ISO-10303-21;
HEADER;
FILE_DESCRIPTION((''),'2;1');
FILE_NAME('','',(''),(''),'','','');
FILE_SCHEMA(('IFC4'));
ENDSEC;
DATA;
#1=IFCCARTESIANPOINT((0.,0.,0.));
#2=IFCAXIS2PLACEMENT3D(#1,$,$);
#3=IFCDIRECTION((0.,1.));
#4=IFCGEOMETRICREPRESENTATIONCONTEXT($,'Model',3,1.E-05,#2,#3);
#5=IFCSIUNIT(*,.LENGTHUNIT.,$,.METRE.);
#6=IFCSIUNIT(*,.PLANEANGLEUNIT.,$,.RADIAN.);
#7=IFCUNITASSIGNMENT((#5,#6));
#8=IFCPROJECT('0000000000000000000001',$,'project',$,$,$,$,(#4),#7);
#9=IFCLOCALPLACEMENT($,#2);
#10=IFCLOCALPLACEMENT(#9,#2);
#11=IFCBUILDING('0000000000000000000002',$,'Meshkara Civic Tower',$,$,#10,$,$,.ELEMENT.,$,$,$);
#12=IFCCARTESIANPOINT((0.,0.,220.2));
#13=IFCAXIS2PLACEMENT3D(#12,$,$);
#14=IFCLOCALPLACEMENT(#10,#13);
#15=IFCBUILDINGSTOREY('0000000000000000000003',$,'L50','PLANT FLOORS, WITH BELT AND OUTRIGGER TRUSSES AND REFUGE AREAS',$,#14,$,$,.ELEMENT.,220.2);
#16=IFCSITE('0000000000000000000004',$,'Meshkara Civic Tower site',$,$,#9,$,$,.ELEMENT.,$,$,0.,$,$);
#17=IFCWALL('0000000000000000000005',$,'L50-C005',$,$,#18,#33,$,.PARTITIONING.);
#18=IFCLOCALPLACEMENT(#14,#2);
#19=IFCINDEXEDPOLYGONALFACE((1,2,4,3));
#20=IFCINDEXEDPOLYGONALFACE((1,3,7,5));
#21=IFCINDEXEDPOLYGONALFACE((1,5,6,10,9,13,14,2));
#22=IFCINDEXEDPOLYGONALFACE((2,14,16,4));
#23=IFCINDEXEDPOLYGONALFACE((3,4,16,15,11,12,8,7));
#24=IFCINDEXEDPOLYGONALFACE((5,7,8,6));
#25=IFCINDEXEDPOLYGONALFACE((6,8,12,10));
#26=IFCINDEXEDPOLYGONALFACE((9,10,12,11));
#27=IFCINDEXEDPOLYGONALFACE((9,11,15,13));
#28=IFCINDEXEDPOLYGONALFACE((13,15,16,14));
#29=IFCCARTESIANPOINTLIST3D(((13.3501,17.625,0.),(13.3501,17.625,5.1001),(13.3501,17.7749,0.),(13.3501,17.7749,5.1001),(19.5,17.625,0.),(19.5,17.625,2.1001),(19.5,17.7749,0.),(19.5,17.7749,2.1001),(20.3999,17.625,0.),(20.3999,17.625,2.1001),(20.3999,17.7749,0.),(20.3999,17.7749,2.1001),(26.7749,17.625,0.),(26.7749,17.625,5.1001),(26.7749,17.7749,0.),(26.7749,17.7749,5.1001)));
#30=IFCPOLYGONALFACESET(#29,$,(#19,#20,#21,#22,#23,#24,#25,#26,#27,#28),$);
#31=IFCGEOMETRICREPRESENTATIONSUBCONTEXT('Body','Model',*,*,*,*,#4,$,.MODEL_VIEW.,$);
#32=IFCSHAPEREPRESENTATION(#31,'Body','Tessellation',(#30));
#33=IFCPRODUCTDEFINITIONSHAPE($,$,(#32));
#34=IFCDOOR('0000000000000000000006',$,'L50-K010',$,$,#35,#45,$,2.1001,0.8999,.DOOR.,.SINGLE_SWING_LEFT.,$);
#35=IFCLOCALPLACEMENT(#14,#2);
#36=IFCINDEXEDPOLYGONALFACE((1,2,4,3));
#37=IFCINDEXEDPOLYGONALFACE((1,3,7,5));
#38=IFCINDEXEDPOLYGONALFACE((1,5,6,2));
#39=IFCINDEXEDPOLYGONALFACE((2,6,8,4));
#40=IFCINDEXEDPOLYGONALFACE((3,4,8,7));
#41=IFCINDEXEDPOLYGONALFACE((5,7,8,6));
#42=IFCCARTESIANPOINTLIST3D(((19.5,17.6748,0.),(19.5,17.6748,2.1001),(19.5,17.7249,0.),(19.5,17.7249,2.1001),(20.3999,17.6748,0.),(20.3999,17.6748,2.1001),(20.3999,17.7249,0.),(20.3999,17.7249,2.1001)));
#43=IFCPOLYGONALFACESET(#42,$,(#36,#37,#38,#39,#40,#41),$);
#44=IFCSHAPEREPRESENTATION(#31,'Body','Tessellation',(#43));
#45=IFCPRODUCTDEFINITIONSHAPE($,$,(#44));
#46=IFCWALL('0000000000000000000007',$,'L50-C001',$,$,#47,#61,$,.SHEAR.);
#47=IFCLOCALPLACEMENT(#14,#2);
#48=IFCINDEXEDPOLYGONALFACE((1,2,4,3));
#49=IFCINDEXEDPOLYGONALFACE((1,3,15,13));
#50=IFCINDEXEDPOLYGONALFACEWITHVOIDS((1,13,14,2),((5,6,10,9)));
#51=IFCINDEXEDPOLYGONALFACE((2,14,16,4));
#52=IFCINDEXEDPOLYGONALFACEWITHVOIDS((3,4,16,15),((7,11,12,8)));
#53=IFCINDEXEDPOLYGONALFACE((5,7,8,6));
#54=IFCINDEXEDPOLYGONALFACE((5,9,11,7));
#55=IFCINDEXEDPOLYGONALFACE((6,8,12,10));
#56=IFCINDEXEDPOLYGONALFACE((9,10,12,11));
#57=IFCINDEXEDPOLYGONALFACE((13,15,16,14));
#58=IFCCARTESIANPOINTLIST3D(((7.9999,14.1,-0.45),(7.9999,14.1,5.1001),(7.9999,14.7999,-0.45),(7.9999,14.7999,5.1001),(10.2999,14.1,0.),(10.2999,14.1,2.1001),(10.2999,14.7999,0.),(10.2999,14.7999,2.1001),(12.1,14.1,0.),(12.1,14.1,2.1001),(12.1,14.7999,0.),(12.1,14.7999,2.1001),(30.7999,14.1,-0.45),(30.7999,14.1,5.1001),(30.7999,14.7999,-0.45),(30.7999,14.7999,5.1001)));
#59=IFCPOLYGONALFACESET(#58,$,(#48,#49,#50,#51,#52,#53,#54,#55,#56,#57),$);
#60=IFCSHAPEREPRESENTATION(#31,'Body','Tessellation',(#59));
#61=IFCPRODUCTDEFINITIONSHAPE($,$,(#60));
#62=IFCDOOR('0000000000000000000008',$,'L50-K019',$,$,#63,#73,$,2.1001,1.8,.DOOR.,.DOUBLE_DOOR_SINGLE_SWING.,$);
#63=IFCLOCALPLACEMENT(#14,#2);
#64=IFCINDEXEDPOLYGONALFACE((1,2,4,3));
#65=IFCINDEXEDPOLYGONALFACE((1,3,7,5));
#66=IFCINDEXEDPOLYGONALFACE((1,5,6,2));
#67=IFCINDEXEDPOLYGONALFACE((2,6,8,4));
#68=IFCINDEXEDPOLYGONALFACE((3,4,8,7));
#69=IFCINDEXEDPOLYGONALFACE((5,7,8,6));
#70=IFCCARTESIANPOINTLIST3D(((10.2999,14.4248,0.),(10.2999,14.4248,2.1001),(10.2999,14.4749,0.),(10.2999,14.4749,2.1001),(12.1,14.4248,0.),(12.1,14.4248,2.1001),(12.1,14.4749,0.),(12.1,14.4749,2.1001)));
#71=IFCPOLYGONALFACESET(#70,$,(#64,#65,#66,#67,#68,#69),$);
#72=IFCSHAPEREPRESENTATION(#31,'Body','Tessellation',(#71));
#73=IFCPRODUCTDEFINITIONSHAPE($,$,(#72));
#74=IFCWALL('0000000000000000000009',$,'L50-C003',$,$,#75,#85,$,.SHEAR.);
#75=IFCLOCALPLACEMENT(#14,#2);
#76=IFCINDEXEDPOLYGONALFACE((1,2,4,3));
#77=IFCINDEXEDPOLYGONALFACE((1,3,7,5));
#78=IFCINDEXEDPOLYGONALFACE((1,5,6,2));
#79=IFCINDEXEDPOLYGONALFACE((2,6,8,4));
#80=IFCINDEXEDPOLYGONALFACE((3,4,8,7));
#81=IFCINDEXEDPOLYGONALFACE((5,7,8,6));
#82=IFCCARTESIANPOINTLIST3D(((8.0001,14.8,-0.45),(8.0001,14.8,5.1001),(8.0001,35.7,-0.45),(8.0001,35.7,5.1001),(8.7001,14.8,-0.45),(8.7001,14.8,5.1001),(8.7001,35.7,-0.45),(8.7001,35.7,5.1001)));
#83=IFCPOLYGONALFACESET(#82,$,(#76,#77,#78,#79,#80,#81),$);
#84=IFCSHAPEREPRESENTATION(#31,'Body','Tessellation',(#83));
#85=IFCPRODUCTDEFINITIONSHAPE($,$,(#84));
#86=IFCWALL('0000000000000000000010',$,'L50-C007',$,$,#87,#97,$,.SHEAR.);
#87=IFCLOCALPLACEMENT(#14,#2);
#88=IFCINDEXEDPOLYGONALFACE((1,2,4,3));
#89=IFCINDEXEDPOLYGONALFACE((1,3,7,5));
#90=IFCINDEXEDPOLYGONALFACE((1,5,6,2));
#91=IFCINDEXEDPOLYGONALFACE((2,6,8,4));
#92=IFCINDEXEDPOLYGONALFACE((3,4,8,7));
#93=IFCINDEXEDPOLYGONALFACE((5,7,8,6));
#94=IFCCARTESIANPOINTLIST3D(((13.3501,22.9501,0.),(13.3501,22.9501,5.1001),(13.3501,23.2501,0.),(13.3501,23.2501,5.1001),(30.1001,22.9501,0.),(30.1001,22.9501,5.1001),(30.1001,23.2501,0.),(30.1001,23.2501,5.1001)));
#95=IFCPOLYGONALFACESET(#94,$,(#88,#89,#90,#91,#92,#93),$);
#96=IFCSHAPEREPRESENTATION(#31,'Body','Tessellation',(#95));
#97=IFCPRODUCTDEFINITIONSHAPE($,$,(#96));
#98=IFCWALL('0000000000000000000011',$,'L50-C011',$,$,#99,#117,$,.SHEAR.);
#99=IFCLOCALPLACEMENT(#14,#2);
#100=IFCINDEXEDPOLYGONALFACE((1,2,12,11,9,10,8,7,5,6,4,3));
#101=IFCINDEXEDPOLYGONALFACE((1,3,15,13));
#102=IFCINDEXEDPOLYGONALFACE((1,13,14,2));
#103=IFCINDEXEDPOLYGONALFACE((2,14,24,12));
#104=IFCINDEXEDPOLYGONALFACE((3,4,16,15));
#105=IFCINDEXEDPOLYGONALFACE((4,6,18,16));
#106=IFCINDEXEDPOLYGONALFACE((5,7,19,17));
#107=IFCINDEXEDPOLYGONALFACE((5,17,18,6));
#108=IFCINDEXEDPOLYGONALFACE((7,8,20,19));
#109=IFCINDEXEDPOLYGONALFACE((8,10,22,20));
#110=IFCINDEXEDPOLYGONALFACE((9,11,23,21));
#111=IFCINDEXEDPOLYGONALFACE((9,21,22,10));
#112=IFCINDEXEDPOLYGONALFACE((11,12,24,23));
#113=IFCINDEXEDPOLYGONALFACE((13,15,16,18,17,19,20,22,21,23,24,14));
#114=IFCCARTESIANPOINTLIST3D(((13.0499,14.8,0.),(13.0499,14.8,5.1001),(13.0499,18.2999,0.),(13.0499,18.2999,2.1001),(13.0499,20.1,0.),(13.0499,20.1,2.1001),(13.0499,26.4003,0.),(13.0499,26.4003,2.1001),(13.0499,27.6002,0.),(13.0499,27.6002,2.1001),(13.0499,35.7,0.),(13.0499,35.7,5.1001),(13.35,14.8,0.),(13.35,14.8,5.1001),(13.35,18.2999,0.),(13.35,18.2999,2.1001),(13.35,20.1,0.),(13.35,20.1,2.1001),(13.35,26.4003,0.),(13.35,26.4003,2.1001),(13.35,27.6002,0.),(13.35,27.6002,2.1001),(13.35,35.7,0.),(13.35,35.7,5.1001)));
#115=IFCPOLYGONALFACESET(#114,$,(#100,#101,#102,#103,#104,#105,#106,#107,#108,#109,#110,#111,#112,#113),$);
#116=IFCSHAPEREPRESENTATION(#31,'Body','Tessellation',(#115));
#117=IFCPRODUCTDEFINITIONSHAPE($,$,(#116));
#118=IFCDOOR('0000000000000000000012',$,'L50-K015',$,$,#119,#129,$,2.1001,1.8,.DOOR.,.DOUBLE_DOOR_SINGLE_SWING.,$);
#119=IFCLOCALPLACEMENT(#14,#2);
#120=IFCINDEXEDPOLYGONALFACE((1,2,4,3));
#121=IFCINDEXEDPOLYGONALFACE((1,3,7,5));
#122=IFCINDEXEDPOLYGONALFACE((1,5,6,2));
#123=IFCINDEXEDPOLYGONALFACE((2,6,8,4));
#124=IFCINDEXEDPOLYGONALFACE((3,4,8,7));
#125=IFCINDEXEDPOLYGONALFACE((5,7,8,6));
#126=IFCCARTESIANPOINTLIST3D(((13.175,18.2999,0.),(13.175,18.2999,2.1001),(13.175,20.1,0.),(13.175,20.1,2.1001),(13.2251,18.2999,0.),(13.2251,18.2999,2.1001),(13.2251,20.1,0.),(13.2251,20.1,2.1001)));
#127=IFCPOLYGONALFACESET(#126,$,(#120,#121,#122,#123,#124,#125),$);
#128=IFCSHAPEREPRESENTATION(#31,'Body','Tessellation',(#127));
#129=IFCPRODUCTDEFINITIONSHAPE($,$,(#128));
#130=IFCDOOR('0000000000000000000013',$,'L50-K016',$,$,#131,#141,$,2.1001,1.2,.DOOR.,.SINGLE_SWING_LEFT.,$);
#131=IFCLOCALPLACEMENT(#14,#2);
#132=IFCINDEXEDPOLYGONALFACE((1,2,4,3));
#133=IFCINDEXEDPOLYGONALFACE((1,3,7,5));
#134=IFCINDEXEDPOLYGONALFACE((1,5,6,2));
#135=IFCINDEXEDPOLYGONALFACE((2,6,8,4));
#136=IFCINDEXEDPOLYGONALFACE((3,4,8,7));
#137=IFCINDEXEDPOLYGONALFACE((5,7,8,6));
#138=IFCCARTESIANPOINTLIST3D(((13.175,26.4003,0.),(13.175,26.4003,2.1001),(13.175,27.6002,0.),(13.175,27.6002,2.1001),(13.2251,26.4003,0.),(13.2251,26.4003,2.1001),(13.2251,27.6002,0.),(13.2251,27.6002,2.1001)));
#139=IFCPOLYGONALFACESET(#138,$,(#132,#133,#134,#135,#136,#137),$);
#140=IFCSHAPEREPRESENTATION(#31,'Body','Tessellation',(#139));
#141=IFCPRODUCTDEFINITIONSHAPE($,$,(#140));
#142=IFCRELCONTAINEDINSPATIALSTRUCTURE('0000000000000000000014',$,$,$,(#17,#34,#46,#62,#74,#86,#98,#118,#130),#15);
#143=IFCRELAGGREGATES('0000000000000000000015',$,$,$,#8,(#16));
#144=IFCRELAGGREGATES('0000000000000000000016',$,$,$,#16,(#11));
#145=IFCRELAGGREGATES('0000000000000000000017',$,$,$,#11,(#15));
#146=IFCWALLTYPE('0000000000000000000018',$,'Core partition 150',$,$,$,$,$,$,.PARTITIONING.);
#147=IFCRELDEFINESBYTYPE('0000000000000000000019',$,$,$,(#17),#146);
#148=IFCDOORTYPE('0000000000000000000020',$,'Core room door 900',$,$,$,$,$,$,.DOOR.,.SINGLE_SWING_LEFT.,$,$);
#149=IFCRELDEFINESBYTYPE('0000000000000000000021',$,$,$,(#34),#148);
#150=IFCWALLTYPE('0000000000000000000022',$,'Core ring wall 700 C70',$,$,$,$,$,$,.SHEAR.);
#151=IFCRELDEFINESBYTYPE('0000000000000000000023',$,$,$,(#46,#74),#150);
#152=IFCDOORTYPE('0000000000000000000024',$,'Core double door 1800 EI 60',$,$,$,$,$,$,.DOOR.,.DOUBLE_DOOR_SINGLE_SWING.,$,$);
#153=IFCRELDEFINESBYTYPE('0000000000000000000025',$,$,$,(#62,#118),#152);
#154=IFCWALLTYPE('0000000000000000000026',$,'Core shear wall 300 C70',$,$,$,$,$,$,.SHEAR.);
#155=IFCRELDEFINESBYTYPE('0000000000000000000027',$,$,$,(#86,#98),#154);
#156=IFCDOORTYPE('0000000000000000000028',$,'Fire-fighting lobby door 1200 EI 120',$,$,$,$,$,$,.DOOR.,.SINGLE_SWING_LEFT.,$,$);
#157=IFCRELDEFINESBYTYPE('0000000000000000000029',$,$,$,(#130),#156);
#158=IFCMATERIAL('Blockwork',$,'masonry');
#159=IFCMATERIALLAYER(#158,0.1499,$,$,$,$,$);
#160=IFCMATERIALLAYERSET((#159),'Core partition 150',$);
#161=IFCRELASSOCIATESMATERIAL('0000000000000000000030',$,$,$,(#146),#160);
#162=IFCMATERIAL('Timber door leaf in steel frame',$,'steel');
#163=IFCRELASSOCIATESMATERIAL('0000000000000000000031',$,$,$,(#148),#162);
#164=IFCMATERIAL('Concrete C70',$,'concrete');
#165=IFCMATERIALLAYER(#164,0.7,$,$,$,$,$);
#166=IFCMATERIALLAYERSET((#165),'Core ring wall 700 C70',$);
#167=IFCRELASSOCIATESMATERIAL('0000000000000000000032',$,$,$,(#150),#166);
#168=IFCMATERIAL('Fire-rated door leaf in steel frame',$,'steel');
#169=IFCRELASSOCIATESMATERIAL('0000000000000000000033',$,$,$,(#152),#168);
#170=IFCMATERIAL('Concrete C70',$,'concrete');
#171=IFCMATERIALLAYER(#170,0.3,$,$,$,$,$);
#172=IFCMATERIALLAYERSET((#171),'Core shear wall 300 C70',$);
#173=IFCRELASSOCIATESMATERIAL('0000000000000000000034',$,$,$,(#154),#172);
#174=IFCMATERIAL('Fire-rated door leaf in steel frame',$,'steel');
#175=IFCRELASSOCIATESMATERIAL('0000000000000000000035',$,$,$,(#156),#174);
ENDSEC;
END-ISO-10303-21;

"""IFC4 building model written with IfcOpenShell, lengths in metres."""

from ifc_helpers import new_model, si_unit, direction, frame, frame_2d, origin, place, context, subcontext, project, spatial, rectangle, extrude, material, layer, layer_set, type_object, element, fill, save


model = new_model("IFC4")

# Units and contexts
model_context = context("Model", 3, precision=1e-05, world=origin(), true_north=direction((0.0, 1.0)))
body_context = subcontext(model_context, "Body", "Model", "MODEL_VIEW")
ifc_project = project(units=[si_unit("LENGTHUNIT", "METRE"), si_unit("PLANEANGLEUNIT", "RADIAN")], contexts=[model_context])

# Site, building, storey
site_placement = place(None, origin())
site = spatial("IfcSite", under=ifc_project, at=site_placement, Name="Meshkara Civic Tower site", CompositionType="ELEMENT", RefElevation=0.0)
building_placement = place(site_placement, origin())
building = spatial("IfcBuilding", under=site, at=building_placement, Name="Meshkara Civic Tower", CompositionType="ELEMENT")
storey_placement = place(building_placement, frame((0.0, 0.0, 220.2)))
storey = spatial("IfcBuildingStorey", under=building, at=storey_placement, Name="L50", Description="PLANT FLOORS, WITH BELT AND OUTRIGGER TRUSSES AND REFUGE AREAS", CompositionType="ELEMENT", Elevation=220.2)

# Walls, openings, doors
ifc_material_1 = material(Name="Blockwork", Category="masonry")
ifc_layer_1 = layer(ifc_material_1, 0.1499)
ifc_layer_set_1 = layer_set([ifc_layer_1], Name="Core partition 150")
wall_type_1 = type_object("IfcWallType", Name="Core partition 150", PredefinedType="PARTITIONING", material=ifc_layer_set_1)
wall_1_placement = place(storey_placement, frame((13.3501, 17.7, 0.0), z_axis=(0.0, 0.0, 1.0), x_axis=(1.0, 0.0, 0.0)))
wall_1 = element("IfcWall", 1, at=wall_1_placement, inside=storey, type_object=wall_type_1, Name="L50-C005", PredefinedType="PARTITIONING", context=body_context, shape_type="SweptSolid", body=[
    extrude(rectangle(XDim=13.4248, YDim=0.1499, at=frame_2d((6.7124, 0.0))), origin(), (0.0, 0.0, 1.0), 5.1001),
])
opening_1_placement = place(wall_1_placement, frame((6.1499, 0.0, 0.0)))
opening_1 = element("IfcOpeningElement", 2, at=opening_1_placement, cuts=wall_1, PredefinedType="OPENING", context=body_context, shape_type="SweptSolid", body=[
    extrude(rectangle(XDim=0.8999, YDim=2.1001, at=frame_2d((0.45, 1.05))), frame((0.0, 0.085, 0.0), z_axis=(0.0, -1.0, 0.0), x_axis=(1.0, 0.0, 0.0)), (0.0, 0.0, 1.0), 0.1699),
])
ifc_material_2 = material(Name="Timber door leaf in steel frame", Category="steel")
door_type_1 = type_object("IfcDoorType", Name="Core room door 900", OperationType="SINGLE_SWING_LEFT", PredefinedType="DOOR", material=ifc_material_2)
door_1_placement = place(opening_1_placement, origin())
door_1 = element("IfcDoor", 3, at=door_1_placement, inside=storey, type_object=door_type_1, Name="L50-K010", OperationType="SINGLE_SWING_LEFT", OverallHeight=2.1001, OverallWidth=0.8999, PredefinedType="DOOR", context=body_context, shape_type="SweptSolid", body=[
    extrude(rectangle(XDim=0.8999, YDim=2.1001, at=frame_2d((0.45, 1.05))), frame((0.0, 0.0249, 0.0), z_axis=(0.0, -1.0, 0.0), x_axis=(1.0, 0.0, 0.0)), (0.0, 0.0, 1.0), 0.05),
])
fill(opening_1, door_1)
ifc_material_3 = material(Name="Concrete C70", Category="concrete")
ifc_layer_2 = layer(ifc_material_3, 0.7)
ifc_layer_set_2 = layer_set([ifc_layer_2], Name="Core ring wall 700 C70")
wall_type_2 = type_object("IfcWallType", Name="Core ring wall 700 C70", PredefinedType="SHEAR", material=ifc_layer_set_2)
wall_2_placement = place(storey_placement, frame((8.0, 14.45, -0.45), z_axis=(0.0, 0.0, 1.0), x_axis=(1.0, 0.0, 0.0)))
wall_2 = element("IfcWall", 4, at=wall_2_placement, inside=storey, type_object=wall_type_2, Name="L50-C001", PredefinedType="SHEAR", context=body_context, shape_type="SweptSolid", body=[
    extrude(rectangle(XDim=22.8, YDim=0.7, at=frame_2d((11.3999, 0.0))), origin(), (0.0, 0.0, 1.0), 5.55),
])
opening_2_placement = place(wall_2_placement, frame((2.3, 0.0, 0.45)))
opening_2 = element("IfcOpeningElement", 5, at=opening_2_placement, cuts=wall_2, PredefinedType="OPENING", context=body_context, shape_type="SweptSolid", body=[
    extrude(rectangle(XDim=1.8, YDim=2.1001, at=frame_2d((0.8999, 1.05))), frame((0.0, 0.3599, 0.0), z_axis=(0.0, -1.0, 0.0), x_axis=(1.0, 0.0, 0.0)), (0.0, 0.0, 1.0), 0.72),
])
ifc_material_4 = material(Name="Fire-rated door leaf in steel frame", Category="steel")
door_type_2 = type_object("IfcDoorType", Name="Core double door 1800 EI 60", OperationType="DOUBLE_DOOR_SINGLE_SWING", PredefinedType="DOOR", material=ifc_material_4)
door_2_placement = place(opening_2_placement, origin())
door_2 = element("IfcDoor", 6, at=door_2_placement, inside=storey, type_object=door_type_2, Name="L50-K019", OperationType="DOUBLE_DOOR_SINGLE_SWING", OverallHeight=2.1001, OverallWidth=1.8, PredefinedType="DOOR", context=body_context, shape_type="SweptSolid", body=[
    extrude(rectangle(XDim=1.8, YDim=2.1001, at=frame_2d((0.8999, 1.05))), frame((0.0, 0.0249, 0.0), z_axis=(0.0, -1.0, 0.0), x_axis=(1.0, 0.0, 0.0)), (0.0, 0.0, 1.0), 0.05),
])
fill(opening_2, door_2)

# Walls
wall_3_placement = place(storey_placement, frame((8.3501, 14.8, -0.45), z_axis=(0.0, 0.0, 1.0), x_axis=(0.0, 1.0, 0.0)))
element("IfcWall", 7, at=wall_3_placement, inside=storey, type_object=wall_type_2, Name="L50-C003", PredefinedType="SHEAR", context=body_context, shape_type="SweptSolid", body=[
    extrude(rectangle(XDim=20.8999, YDim=0.7, at=frame_2d((10.45, 0.0))), origin(), (0.0, 0.0, 1.0), 5.55),
])
ifc_material_5 = material(Name="Concrete C70", Category="concrete")
ifc_layer_3 = layer(ifc_material_5, 0.3)
ifc_layer_set_3 = layer_set([ifc_layer_3], Name="Core shear wall 300 C70")
wall_type_3 = type_object("IfcWallType", Name="Core shear wall 300 C70", PredefinedType="SHEAR", material=ifc_layer_set_3)
wall_4_placement = place(storey_placement, frame((13.3501, 23.1001, 0.0), z_axis=(0.0, 0.0, 1.0), x_axis=(1.0, 0.0, 0.0)))
element("IfcWall", 8, at=wall_4_placement, inside=storey, type_object=wall_type_3, Name="L50-C007", PredefinedType="SHEAR", context=body_context, shape_type="SweptSolid", body=[
    extrude(rectangle(XDim=16.75, YDim=0.3, at=frame_2d((8.375, 0.0))), origin(), (0.0, 0.0, 1.0), 5.1001),
])

# Wall, openings, doors
wall_5_placement = place(storey_placement, frame((13.2, 14.8, 0.0), z_axis=(0.0, 0.0, 1.0), x_axis=(0.0, 1.0, 0.0)))
wall_5 = element("IfcWall", 9, at=wall_5_placement, inside=storey, type_object=wall_type_3, Name="L50-C011", PredefinedType="SHEAR", context=body_context, shape_type="SweptSolid", body=[
    extrude(rectangle(XDim=20.8999, YDim=0.3, at=frame_2d((10.45, 0.0))), origin(), (0.0, 0.0, 1.0), 5.1001),
])
opening_3_placement = place(wall_5_placement, frame((3.5, 0.0, 0.0)))
opening_3 = element("IfcOpeningElement", 10, at=opening_3_placement, cuts=wall_5, PredefinedType="OPENING", context=body_context, shape_type="SweptSolid", body=[
    extrude(rectangle(XDim=1.8, YDim=2.1001, at=frame_2d((0.8999, 1.05))), frame((0.0, 0.1599, 0.0), z_axis=(0.0, -1.0, 0.0), x_axis=(1.0, 0.0, 0.0)), (0.0, 0.0, 1.0), 0.3201),
])
opening_4_placement = place(wall_5_placement, frame((11.6001, 0.0, 0.0)))
opening_4 = element("IfcOpeningElement", 11, at=opening_4_placement, cuts=wall_5, PredefinedType="OPENING", context=body_context, shape_type="SweptSolid", body=[
    extrude(rectangle(XDim=1.2, YDim=2.1001, at=frame_2d((0.6001, 1.05))), frame((0.0, 0.1599, 0.0), z_axis=(0.0, -1.0, 0.0), x_axis=(1.0, 0.0, 0.0)), (0.0, 0.0, 1.0), 0.3201),
])
door_3_placement = place(opening_3_placement, origin())
door_3 = element("IfcDoor", 12, at=door_3_placement, inside=storey, type_object=door_type_2, Name="L50-K015", OperationType="DOUBLE_DOOR_SINGLE_SWING", OverallHeight=2.1001, OverallWidth=1.8, PredefinedType="DOOR", context=body_context, shape_type="SweptSolid", body=[
    extrude(rectangle(XDim=1.8, YDim=2.1001, at=frame_2d((0.8999, 1.05))), frame((0.0, 0.0249, 0.0), z_axis=(0.0, -1.0, 0.0), x_axis=(1.0, 0.0, 0.0)), (0.0, 0.0, 1.0), 0.05),
])
fill(opening_3, door_3)
ifc_material_6 = material(Name="Fire-rated door leaf in steel frame", Category="steel")
door_type_3 = type_object("IfcDoorType", Name="Fire-fighting lobby door 1200 EI 120", OperationType="SINGLE_SWING_LEFT", PredefinedType="DOOR", material=ifc_material_6)
door_4_placement = place(opening_4_placement, origin())
door_4 = element("IfcDoor", 13, at=door_4_placement, inside=storey, type_object=door_type_3, Name="L50-K016", OperationType="SINGLE_SWING_LEFT", OverallHeight=2.1001, OverallWidth=1.2, PredefinedType="DOOR", context=body_context, shape_type="SweptSolid", body=[
    extrude(rectangle(XDim=1.2, YDim=2.1001, at=frame_2d((0.6001, 1.05))), frame((0.0, 0.0249, 0.0), z_axis=(0.0, -1.0, 0.0), x_axis=(1.0, 0.0, 0.0)), (0.0, 0.0, 1.0), 0.05),
])
fill(opening_4, door_4)

save(model, "model.ifc")
